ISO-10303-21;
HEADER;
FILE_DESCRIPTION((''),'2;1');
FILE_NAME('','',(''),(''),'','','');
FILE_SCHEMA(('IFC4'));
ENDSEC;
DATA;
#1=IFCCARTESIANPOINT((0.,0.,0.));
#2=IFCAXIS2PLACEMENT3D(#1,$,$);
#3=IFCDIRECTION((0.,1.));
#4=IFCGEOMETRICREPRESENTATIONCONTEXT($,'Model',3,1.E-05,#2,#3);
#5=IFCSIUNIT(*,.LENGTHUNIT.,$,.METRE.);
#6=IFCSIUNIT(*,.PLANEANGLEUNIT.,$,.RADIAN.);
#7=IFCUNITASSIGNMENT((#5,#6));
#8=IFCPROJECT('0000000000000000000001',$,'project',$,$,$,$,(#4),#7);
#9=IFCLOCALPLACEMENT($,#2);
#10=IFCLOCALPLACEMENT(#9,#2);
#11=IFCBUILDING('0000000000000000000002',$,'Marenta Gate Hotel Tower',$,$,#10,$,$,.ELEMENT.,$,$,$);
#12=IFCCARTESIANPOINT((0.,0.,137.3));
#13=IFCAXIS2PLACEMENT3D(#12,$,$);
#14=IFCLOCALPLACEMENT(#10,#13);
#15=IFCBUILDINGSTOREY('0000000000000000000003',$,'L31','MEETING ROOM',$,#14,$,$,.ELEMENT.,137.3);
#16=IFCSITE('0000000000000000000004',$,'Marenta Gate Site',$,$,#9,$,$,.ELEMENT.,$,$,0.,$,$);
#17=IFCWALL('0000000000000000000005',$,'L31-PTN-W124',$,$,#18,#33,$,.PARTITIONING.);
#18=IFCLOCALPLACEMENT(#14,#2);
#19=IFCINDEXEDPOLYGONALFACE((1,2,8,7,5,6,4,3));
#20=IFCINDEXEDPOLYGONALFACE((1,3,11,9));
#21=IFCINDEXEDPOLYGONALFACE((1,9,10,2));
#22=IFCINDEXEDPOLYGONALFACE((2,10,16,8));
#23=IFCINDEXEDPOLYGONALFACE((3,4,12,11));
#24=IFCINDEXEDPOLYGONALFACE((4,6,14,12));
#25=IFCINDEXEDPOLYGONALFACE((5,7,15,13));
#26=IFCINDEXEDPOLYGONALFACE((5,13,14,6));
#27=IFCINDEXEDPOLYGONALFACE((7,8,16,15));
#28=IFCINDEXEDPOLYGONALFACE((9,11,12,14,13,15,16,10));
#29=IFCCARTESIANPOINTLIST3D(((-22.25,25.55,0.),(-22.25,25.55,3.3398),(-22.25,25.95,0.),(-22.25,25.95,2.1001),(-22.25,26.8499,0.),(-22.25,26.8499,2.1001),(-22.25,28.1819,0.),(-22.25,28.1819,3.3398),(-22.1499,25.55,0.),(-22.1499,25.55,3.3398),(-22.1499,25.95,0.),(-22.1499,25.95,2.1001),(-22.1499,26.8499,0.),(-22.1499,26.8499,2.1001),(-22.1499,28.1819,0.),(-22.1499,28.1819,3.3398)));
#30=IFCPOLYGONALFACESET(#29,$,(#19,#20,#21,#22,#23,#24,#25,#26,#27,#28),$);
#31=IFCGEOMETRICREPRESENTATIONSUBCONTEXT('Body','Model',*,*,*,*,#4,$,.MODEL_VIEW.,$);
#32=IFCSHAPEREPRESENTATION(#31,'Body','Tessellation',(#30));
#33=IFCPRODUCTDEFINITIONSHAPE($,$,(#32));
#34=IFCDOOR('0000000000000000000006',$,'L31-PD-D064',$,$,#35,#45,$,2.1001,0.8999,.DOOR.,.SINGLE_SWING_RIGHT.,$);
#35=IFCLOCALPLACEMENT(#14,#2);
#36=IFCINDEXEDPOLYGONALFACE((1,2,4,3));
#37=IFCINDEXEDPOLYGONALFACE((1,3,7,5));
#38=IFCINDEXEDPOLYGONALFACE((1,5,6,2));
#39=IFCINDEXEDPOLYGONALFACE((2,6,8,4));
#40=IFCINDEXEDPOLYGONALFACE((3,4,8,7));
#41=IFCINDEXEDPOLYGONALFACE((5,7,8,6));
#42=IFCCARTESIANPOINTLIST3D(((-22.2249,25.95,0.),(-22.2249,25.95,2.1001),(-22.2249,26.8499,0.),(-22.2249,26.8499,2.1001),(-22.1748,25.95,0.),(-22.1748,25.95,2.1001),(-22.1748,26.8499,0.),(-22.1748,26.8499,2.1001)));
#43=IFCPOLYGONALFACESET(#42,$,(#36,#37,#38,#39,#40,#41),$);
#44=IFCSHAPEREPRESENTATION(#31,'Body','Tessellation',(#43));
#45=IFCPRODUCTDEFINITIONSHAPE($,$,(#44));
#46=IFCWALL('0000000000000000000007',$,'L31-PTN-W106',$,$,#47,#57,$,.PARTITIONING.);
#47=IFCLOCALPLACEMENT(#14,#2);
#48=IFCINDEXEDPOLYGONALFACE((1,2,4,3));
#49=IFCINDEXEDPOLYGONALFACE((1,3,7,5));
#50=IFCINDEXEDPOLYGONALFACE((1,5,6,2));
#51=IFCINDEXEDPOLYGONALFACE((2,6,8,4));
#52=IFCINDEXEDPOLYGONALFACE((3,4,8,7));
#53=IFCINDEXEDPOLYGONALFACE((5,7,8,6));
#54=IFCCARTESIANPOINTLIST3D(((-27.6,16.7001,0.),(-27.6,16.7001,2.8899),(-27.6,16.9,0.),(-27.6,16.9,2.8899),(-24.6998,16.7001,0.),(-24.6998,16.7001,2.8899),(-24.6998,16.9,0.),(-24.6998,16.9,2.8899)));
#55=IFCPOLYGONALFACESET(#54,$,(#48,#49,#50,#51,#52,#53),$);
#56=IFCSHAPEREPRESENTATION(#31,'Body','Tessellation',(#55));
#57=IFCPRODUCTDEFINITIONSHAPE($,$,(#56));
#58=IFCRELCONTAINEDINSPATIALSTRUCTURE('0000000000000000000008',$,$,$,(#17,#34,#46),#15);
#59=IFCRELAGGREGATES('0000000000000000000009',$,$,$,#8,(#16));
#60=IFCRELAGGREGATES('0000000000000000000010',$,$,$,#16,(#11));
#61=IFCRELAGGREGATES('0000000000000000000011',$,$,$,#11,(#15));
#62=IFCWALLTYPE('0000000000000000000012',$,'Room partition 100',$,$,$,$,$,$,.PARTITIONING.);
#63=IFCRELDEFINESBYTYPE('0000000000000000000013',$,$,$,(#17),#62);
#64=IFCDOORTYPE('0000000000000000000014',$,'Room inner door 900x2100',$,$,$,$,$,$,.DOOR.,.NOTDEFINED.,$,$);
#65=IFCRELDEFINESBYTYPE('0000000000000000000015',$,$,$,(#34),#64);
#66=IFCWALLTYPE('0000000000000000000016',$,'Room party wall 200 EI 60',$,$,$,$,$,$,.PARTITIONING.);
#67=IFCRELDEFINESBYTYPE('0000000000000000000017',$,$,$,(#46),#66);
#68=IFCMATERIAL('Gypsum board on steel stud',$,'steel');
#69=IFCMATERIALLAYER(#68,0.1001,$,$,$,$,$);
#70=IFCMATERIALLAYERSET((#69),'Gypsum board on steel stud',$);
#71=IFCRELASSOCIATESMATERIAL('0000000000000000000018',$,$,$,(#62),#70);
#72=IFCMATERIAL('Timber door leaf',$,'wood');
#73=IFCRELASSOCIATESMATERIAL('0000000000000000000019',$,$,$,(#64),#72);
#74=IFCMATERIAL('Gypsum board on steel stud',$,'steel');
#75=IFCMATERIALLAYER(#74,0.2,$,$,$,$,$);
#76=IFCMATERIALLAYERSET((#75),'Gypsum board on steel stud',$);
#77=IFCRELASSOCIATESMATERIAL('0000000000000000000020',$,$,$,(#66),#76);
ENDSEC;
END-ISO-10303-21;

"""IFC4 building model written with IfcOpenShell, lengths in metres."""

from ifc_helpers import new_model, si_unit, direction, frame, frame_2d, origin, place, context, subcontext, project, spatial, rectangle, extrude, material, layer, layer_set, type_object, element, fill, save


model = new_model("IFC4")

# Units and contexts
model_context = context("Model", 3, precision=1e-05, world=origin(), true_north=direction((0.0, 1.0)))
body_context = subcontext(model_context, "Body", "Model", "MODEL_VIEW")
ifc_project = project(units=[si_unit("LENGTHUNIT", "METRE"), si_unit("PLANEANGLEUNIT", "RADIAN")], contexts=[model_context])

# Site, building, storey
site_placement = place(None, origin())
site = spatial("IfcSite", under=ifc_project, at=site_placement, Name="Marenta Gate Site", CompositionType="ELEMENT", RefElevation=0.0)
building_placement = place(site_placement, origin())
building = spatial("IfcBuilding", under=site, at=building_placement, Name="Marenta Gate Hotel Tower", CompositionType="ELEMENT")
storey_placement = place(building_placement, frame((0.0, 0.0, 137.3)))
storey = spatial("IfcBuildingStorey", under=building, at=storey_placement, Name="L31", Description="MEETING ROOM", CompositionType="ELEMENT", Elevation=137.3)

# Shared definitions
ifc_material_1 = material(Name="Gypsum board on steel stud", Category="steel")
ifc_layer_1 = layer(ifc_material_1, 0.1001)
ifc_layer_set_1 = layer_set([ifc_layer_1], Name="Gypsum board on steel stud")
wall_type_1 = type_object("IfcWallType", Name="Room partition 100", PredefinedType="PARTITIONING", material=ifc_layer_set_1)

# Wall, opening, door
wall_1_placement = place(storey_placement, frame((-22.2, 25.55, 0.0), z_axis=(0.0, 0.0, 1.0), x_axis=(0.0, 1.0, 0.0)))
wall_1 = element("IfcWall", 1, at=wall_1_placement, inside=storey, type_object=wall_type_1, Name="L31-PTN-W124", PredefinedType="PARTITIONING", context=body_context, shape_type="SweptSolid", body=[
    extrude(rectangle(XDim=2.6318, YDim=0.1001, at=frame_2d((1.3159, 0.0))), origin(), (0.0, 0.0, 1.0), 3.3398),
])
opening_1_placement = place(wall_1_placement, frame((0.3999, 0.0, 0.0)))
opening_1 = element("IfcOpeningElement", 2, at=opening_1_placement, cuts=wall_1, PredefinedType="OPENING", context=body_context, shape_type="SweptSolid", body=[
    extrude(rectangle(XDim=0.8999, YDim=2.1001, at=frame_2d((0.45, 1.05))), frame((0.0, 0.05, 0.0), z_axis=(0.0, -1.0, 0.0), x_axis=(1.0, 0.0, 0.0)), (0.0, 0.0, 1.0), 0.1001),
])
ifc_material_2 = material(Name="Timber door leaf", Category="wood")
door_type_1 = type_object("IfcDoorType", Name="Room inner door 900x2100", OperationType="NOTDEFINED", PredefinedType="DOOR", material=ifc_material_2)
door_1_placement = place(opening_1_placement, origin())
door_1 = element("IfcDoor", 3, at=door_1_placement, inside=storey, type_object=door_type_1, Name="L31-PD-D064", OperationType="SINGLE_SWING_RIGHT", OverallHeight=2.1001, OverallWidth=0.8999, PredefinedType="DOOR", context=body_context, shape_type="SweptSolid", body=[
    extrude(rectangle(XDim=0.8999, YDim=2.1001, at=frame_2d((0.45, 1.05))), frame((0.0, 0.0249, 0.0), z_axis=(0.0, -1.0, 0.0), x_axis=(1.0, 0.0, 0.0)), (0.0, 0.0, 1.0), 0.05),
])
fill(opening_1, door_1)

# Wall
ifc_material_3 = material(Name="Gypsum board on steel stud", Category="steel")
ifc_layer_2 = layer(ifc_material_3, 0.2)
ifc_layer_set_2 = layer_set([ifc_layer_2], Name="Gypsum board on steel stud")
wall_type_2 = type_object("IfcWallType", Name="Room party wall 200 EI 60", PredefinedType="PARTITIONING", material=ifc_layer_set_2)
wall_2_placement = place(storey_placement, frame((-27.6001, 16.8, 0.0), z_axis=(0.0, 0.0, 1.0), x_axis=(1.0, 0.0, 0.0)))
element("IfcWall", 4, at=wall_2_placement, inside=storey, type_object=wall_type_2, Name="L31-PTN-W106", PredefinedType="PARTITIONING", context=body_context, shape_type="SweptSolid", body=[
    extrude(rectangle(XDim=2.9001, YDim=0.2, at=frame_2d((1.4502, 0.0))), origin(), (0.0, 0.0, 1.0), 2.8899),
])

save(model, "model.ifc")
